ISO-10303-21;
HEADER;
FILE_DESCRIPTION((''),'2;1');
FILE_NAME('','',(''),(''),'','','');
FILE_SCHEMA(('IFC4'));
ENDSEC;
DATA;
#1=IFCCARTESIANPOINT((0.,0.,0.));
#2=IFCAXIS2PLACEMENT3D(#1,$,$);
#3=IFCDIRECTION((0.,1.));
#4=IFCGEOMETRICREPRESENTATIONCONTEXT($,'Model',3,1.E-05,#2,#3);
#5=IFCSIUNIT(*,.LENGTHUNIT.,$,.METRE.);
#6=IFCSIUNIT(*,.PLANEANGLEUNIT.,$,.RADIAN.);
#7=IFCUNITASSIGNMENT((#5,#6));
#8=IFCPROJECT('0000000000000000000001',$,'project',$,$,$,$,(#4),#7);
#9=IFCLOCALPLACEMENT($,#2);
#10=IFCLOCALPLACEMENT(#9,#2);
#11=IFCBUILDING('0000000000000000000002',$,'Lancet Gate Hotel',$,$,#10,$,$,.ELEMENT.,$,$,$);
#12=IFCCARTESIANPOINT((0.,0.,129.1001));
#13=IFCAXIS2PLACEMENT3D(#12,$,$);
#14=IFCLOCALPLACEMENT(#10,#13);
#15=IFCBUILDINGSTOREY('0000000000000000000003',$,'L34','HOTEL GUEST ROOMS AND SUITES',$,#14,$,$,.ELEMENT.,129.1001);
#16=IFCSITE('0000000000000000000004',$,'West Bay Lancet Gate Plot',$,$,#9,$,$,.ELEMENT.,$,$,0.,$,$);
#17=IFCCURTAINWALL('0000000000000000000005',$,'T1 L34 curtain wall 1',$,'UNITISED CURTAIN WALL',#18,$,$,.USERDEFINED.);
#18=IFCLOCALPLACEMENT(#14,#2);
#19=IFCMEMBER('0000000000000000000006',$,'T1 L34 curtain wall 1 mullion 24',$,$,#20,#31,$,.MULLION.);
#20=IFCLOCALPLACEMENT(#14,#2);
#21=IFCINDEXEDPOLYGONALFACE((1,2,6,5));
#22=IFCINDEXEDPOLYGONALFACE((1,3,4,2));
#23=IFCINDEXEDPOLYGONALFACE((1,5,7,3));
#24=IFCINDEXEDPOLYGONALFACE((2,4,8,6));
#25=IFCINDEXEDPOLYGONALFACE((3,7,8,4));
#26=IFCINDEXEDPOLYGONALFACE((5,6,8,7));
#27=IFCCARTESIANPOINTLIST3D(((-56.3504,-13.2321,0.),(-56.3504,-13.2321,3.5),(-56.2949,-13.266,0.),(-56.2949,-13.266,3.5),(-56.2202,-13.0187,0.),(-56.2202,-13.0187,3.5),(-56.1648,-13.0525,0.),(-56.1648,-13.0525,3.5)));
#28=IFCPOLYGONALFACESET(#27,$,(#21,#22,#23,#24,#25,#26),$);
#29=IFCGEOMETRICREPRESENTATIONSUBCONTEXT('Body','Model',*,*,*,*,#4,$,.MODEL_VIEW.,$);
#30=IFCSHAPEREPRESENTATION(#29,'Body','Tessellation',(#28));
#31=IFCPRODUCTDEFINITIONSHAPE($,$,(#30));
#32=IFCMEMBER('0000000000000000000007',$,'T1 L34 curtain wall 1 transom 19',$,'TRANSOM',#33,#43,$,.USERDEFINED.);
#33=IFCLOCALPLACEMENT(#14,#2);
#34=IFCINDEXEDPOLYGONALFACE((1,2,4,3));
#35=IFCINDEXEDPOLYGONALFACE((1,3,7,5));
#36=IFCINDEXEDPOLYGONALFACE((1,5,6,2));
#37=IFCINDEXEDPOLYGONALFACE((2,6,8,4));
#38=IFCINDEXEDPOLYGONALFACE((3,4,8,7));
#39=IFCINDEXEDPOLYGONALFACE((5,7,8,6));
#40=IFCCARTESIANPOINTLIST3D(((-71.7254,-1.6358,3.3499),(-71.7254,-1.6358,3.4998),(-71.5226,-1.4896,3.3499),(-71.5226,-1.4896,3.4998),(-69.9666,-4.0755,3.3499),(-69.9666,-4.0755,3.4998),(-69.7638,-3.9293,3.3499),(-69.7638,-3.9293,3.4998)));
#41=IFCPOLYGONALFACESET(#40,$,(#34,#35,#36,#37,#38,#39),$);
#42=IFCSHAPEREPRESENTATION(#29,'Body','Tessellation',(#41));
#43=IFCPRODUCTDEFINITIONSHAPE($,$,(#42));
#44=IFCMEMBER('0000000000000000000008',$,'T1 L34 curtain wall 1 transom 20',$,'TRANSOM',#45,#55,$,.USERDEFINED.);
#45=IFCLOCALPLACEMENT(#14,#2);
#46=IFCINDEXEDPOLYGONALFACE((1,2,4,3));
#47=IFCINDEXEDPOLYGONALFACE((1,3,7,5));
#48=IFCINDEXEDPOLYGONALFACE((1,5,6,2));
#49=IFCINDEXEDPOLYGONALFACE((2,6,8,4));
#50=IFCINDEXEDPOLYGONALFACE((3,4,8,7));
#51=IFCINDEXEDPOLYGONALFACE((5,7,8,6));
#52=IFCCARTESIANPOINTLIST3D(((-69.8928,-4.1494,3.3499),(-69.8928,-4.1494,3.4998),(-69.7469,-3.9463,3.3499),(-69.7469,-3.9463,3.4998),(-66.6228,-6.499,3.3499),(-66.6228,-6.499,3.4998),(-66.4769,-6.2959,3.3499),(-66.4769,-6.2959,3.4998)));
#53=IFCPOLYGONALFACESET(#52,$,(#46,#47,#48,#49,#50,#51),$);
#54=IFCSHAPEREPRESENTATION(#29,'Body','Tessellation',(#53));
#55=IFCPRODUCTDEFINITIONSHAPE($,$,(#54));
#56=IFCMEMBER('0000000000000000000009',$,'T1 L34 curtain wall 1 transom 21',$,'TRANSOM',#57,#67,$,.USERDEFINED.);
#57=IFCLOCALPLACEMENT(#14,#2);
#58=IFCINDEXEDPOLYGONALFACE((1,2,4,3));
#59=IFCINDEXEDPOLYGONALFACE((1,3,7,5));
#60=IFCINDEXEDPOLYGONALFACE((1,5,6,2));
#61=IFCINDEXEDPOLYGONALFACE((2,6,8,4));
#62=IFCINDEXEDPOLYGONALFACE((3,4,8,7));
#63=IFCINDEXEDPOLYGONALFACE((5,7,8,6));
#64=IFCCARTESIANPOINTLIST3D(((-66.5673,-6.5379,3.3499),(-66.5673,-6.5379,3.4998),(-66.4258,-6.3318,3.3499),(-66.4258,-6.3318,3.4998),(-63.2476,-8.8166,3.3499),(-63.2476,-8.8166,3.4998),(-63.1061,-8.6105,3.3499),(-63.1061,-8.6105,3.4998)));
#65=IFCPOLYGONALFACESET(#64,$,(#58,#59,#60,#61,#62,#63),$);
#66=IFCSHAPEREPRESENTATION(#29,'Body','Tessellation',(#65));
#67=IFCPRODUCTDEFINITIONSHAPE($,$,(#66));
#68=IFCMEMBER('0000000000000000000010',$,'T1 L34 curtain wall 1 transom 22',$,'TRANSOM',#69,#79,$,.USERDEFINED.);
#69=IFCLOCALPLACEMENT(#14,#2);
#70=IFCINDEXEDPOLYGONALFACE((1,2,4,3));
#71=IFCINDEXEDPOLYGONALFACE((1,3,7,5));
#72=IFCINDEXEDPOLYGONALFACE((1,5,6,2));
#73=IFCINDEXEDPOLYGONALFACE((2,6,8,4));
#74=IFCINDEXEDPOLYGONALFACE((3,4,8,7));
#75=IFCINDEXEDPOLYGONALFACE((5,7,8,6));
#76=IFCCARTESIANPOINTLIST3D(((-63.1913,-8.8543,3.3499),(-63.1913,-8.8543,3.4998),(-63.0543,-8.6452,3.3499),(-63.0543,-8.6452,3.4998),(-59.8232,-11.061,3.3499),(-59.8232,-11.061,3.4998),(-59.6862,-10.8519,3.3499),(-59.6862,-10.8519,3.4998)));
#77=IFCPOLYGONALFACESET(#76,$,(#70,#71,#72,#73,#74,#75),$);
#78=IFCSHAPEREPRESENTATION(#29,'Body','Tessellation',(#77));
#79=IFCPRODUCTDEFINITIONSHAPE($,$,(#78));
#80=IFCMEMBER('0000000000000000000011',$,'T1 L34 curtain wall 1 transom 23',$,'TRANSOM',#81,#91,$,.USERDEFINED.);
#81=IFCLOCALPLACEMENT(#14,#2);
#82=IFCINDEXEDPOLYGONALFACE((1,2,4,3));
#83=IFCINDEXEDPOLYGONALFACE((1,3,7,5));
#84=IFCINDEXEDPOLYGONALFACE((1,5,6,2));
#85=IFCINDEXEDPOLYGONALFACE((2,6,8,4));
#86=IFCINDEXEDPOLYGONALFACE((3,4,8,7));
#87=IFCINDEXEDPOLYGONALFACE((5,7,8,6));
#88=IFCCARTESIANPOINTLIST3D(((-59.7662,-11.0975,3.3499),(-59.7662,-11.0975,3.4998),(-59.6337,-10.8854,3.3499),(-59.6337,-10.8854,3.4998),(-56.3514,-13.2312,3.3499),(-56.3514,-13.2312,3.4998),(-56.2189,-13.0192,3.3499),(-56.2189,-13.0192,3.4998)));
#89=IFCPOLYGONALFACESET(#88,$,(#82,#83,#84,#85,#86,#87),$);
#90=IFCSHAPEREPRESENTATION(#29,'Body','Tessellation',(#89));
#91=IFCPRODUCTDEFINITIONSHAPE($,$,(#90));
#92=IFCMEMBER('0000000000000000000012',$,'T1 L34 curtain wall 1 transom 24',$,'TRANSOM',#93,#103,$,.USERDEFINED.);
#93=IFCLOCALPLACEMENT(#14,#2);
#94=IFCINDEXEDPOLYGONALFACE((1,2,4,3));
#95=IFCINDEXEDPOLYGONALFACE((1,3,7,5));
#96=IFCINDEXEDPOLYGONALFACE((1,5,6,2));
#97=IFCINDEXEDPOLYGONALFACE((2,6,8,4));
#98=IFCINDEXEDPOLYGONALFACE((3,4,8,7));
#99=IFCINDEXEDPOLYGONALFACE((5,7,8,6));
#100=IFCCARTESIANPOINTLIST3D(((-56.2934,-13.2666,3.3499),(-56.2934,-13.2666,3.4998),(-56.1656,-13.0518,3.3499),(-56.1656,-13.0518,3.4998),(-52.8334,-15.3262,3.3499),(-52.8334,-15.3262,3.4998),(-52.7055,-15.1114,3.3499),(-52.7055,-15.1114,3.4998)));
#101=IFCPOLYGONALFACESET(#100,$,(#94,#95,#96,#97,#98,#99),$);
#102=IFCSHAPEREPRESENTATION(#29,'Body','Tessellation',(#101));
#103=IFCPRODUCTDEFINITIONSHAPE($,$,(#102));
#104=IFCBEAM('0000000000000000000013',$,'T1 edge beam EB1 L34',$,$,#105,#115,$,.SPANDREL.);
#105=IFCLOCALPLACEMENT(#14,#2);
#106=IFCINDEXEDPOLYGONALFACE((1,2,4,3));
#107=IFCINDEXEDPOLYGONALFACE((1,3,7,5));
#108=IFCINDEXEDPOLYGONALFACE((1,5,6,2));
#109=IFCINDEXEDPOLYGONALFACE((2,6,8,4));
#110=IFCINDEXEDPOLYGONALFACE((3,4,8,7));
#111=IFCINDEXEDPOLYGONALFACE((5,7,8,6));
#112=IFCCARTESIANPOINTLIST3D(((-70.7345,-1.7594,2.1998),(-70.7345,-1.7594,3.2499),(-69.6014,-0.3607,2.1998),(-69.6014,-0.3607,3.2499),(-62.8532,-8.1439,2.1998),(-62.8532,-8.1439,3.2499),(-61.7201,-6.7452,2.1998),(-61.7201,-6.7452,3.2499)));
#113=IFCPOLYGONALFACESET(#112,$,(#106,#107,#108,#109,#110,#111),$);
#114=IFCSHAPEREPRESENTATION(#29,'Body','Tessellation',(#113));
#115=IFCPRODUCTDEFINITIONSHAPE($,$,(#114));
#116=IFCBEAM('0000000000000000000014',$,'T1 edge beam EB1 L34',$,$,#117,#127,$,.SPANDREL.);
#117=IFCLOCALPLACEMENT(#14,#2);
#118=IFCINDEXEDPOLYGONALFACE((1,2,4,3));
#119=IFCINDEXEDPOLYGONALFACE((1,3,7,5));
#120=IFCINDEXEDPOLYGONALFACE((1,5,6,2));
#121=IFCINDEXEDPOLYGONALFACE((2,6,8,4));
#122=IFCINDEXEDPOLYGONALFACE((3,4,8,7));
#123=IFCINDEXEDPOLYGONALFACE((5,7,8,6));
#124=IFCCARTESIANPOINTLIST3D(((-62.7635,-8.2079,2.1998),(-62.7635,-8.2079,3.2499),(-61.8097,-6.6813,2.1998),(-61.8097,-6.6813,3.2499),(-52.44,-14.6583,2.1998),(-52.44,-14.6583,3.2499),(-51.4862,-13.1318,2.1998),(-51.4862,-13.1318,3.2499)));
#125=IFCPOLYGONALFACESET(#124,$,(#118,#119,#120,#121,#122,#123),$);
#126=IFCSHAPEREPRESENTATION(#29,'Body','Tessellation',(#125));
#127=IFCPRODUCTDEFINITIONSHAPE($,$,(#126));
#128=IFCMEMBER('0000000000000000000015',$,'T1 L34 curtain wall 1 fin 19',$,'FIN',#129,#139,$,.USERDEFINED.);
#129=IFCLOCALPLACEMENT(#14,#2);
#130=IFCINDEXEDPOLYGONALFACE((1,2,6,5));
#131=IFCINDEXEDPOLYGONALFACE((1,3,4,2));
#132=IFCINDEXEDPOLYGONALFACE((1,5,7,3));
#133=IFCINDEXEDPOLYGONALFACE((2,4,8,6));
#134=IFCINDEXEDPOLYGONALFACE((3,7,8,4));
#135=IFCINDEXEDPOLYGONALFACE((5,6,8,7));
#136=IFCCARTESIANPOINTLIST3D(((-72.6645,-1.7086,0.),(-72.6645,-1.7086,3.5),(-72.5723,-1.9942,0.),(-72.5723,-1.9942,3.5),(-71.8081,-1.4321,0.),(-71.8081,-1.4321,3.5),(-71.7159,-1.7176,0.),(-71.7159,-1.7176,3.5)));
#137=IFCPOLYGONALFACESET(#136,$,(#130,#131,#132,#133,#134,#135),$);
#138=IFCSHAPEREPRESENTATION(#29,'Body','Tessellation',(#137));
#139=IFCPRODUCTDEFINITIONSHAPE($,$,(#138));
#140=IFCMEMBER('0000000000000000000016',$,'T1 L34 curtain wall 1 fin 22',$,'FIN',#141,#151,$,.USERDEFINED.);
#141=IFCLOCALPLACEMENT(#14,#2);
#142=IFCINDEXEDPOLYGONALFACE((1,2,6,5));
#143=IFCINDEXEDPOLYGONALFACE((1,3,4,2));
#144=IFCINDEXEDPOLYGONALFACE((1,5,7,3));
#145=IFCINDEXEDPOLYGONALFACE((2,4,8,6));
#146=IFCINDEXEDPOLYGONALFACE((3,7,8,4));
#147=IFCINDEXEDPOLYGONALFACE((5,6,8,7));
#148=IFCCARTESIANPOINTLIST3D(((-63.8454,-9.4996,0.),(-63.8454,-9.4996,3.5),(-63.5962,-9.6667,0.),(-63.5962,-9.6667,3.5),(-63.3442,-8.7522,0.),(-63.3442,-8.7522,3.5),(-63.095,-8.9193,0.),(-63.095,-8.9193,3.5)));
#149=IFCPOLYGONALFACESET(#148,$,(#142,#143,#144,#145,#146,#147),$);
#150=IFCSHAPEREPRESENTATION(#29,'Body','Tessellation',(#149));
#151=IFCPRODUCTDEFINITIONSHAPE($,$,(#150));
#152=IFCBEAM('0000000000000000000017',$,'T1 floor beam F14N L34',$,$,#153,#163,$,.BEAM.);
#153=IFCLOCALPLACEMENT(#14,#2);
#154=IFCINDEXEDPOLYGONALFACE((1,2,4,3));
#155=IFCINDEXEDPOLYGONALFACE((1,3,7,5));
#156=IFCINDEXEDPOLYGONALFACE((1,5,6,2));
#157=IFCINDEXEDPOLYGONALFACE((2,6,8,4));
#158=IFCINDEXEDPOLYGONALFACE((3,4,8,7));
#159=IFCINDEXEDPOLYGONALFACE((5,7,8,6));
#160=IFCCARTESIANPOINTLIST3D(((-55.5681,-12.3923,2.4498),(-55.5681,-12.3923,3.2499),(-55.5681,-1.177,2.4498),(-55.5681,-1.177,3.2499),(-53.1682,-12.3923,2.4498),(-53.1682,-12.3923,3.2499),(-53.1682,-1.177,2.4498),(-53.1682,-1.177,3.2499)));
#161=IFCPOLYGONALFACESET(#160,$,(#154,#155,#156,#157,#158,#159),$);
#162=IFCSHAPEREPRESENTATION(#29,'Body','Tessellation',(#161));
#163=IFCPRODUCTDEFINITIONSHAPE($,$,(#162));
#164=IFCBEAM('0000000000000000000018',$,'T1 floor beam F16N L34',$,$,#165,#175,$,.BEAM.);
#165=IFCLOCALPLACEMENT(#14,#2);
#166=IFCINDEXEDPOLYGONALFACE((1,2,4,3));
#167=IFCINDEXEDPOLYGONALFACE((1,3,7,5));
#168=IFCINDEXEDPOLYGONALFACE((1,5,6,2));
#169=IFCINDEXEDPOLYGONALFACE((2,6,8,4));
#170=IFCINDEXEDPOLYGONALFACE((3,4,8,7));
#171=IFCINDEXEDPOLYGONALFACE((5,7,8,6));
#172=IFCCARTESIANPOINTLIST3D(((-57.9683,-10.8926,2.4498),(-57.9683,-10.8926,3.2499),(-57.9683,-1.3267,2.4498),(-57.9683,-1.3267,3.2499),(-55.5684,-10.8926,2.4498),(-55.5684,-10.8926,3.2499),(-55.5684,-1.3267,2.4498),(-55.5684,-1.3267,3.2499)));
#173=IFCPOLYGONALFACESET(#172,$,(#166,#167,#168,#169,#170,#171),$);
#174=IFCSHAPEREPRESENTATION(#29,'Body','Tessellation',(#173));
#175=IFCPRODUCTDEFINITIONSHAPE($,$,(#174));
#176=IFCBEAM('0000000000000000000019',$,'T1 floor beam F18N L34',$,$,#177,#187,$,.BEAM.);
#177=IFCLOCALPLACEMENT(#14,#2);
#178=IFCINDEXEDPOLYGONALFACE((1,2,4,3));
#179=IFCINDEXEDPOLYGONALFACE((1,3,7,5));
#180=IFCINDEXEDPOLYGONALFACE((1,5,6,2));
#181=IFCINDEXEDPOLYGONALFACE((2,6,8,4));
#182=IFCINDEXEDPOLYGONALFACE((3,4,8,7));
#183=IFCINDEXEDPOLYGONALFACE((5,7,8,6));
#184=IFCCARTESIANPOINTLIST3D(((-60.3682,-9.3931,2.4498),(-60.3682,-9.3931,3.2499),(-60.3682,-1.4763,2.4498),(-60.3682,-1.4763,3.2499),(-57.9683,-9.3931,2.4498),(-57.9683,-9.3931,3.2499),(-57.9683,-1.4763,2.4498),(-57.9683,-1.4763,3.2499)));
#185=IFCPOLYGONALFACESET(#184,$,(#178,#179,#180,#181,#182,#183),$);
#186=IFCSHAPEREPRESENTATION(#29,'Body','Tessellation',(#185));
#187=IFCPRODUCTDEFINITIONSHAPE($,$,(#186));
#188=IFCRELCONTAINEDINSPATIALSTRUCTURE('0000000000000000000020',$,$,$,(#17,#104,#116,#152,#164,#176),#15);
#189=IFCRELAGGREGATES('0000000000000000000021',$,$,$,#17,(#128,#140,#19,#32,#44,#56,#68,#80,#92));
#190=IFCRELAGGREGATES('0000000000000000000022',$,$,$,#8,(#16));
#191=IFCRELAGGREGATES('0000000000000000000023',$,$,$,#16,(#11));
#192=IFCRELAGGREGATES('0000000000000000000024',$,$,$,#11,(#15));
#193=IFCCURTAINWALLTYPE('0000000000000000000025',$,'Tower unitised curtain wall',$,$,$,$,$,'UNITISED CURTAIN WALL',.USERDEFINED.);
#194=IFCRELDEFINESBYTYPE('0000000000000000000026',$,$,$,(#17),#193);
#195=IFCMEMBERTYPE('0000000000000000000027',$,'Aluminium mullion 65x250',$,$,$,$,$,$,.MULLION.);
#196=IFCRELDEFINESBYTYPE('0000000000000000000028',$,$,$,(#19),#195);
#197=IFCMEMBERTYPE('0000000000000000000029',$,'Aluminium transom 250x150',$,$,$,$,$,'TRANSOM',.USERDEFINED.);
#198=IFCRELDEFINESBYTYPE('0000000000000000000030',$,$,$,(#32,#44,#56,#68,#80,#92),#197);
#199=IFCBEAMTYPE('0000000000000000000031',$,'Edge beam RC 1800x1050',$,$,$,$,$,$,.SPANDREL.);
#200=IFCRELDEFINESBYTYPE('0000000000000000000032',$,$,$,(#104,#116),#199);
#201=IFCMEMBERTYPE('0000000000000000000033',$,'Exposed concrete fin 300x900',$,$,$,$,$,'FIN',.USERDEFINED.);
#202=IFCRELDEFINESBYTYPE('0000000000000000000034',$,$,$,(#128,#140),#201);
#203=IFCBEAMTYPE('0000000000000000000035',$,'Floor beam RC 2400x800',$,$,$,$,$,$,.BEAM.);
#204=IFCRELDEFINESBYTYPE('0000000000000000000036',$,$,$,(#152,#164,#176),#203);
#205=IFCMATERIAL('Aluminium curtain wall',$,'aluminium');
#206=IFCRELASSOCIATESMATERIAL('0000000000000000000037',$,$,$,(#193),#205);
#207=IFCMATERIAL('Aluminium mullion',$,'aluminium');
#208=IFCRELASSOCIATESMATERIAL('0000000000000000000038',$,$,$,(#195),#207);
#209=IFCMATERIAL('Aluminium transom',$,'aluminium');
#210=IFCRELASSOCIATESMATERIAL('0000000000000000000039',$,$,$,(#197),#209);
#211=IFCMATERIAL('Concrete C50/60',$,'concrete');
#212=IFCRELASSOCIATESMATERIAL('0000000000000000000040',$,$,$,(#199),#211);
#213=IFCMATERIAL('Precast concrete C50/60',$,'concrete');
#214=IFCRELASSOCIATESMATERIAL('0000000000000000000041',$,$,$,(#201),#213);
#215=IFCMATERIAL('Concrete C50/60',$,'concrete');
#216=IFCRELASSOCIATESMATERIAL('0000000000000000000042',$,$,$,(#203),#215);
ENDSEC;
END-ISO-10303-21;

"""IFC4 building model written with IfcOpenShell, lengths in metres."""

from ifc_helpers import new_model, si_unit, direction, frame, origin, origin_2d, place, context, subcontext, project, spatial, rectangle, extrude, material, material_profile, profile_set, type_object, element, aggregate, save


model = new_model("IFC4")

# Units and contexts
model_context = context("Model", 3, precision=1e-05, world=origin(), true_north=direction((0.0, 1.0)))
body_context = subcontext(model_context, "Body", "Model", "MODEL_VIEW")
ifc_project = project(units=[si_unit("LENGTHUNIT", "METRE"), si_unit("PLANEANGLEUNIT", "RADIAN")], contexts=[model_context])

# Site, building, storey
site_placement = place(None, origin())
site = spatial("IfcSite", under=ifc_project, at=site_placement, Name="West Bay Lancet Gate Plot", CompositionType="ELEMENT", RefElevation=0.0)
building_placement = place(site_placement, origin())
building = spatial("IfcBuilding", under=site, at=building_placement, Name="Lancet Gate Hotel", CompositionType="ELEMENT")
storey_placement = place(building_placement, frame((0.0, 0.0, 129.1001)))
storey = spatial("IfcBuildingStorey", under=building, at=storey_placement, Name="L34", Description="HOTEL GUEST ROOMS AND SUITES", CompositionType="ELEMENT", Elevation=129.1001)

# Curtain wall, members
ifc_material_1 = material(Name="Aluminium curtain wall", Category="aluminium")
curtain_wall_type = type_object("IfcCurtainWallType", Name="Tower unitised curtain wall", ElementType="UNITISED CURTAIN WALL", PredefinedType="USERDEFINED", material=ifc_material_1)
curtain_wall_placement = place(storey_placement, origin())
curtain_wall = element("IfcCurtainWall", 1, at=curtain_wall_placement, inside=storey, type_object=curtain_wall_type, Name="T1 L34 curtain wall 1", ObjectType="UNITISED CURTAIN WALL", PredefinedType="USERDEFINED")
ifc_material_2 = material(Name="Aluminium mullion", Category="aluminium")
ifc_material_profile_1 = material_profile(ifc_material_2, rectangle(XDim=0.0649, YDim=0.25, at=origin_2d()), Name="MULLION 65x250")
ifc_profile_set_1 = profile_set([ifc_material_profile_1], Name="Aluminium mullion")
member_type_1 = type_object("IfcMemberType", Name="Aluminium mullion 65x250", PredefinedType="MULLION", material=ifc_profile_set_1)
member_1_placement = place(storey_placement, frame((-56.2576, -13.1423, 0.0), z_axis=(0.0, 0.0, 1.0), x_axis=(0.853716, -0.520739, 0.0)))
member_1 = element("IfcMember", 2, at=member_1_placement, type_object=member_type_1, Name="T1 L34 curtain wall 1 mullion 24", PredefinedType="MULLION", context=body_context, shape_type="SweptSolid", body=[
    extrude(rectangle(XDim=0.0649, YDim=0.25, at=origin_2d()), origin(), (0.0, 0.0, 1.0), 3.5),
])
ifc_material_3 = material(Name="Aluminium transom", Category="aluminium")
ifc_material_profile_2 = material_profile(ifc_material_3, rectangle(XDim=0.25, YDim=0.1499, at=origin_2d()), Name="TRANSOM 250x150")
ifc_profile_set_2 = profile_set([ifc_material_profile_2], Name="Aluminium transom")
member_type_2 = type_object("IfcMemberType", Name="Aluminium transom 250x150", ElementType="TRANSOM", PredefinedType="USERDEFINED", material=ifc_profile_set_2)
member_2_placement = place(storey_placement, frame((-71.624, -1.5627, 3.4248), z_axis=(0.584788, -0.811186, 0.0), x_axis=(0.811186, 0.584788, 0.0)))
member_2 = element("IfcMember", 3, at=member_2_placement, type_object=member_type_2, Name="T1 L34 curtain wall 1 transom 19", ObjectType="TRANSOM", PredefinedType="USERDEFINED", context=body_context, shape_type="SweptSolid", body=[
    extrude(rectangle(XDim=0.25, YDim=0.1499, at=origin_2d()), origin(), (0.0, 0.0, 1.0), 3.0076),
])
member_3_placement = place(storey_placement, frame((-69.8198, -4.0479, 3.4248), z_axis=(0.8121, -0.583519, 0.0), x_axis=(0.583519, 0.8121, 0.0)))
member_3 = element("IfcMember", 4, at=member_3_placement, type_object=member_type_2, Name="T1 L34 curtain wall 1 transom 20", ObjectType="TRANSOM", PredefinedType="USERDEFINED", context=body_context, shape_type="SweptSolid", body=[
    extrude(rectangle(XDim=0.25, YDim=0.1499, at=origin_2d()), origin(), (0.0, 0.0, 1.0), 4.0266),
])
member_4_placement = place(storey_placement, frame((-66.4966, -6.4348, 3.4248), z_axis=(0.824456, -0.565927, 0.0), x_axis=(0.565927, 0.824456, 0.0)))
member_4 = element("IfcMember", 5, at=member_4_placement, type_object=member_type_2, Name="T1 L34 curtain wall 1 transom 21", ObjectType="TRANSOM", PredefinedType="USERDEFINED", context=body_context, shape_type="SweptSolid", body=[
    extrude(rectangle(XDim=0.25, YDim=0.1499, at=origin_2d()), origin(), (0.0, 0.0, 1.0), 4.0266),
])
member_5_placement = place(storey_placement, frame((-63.1228, -8.7498, 3.4248), z_axis=(0.836454, -0.548036, 0.0), x_axis=(0.548036, 0.836454, 0.0)))
member_5 = element("IfcMember", 6, at=member_5_placement, type_object=member_type_2, Name="T1 L34 curtain wall 1 transom 22", ObjectType="TRANSOM", PredefinedType="USERDEFINED", context=body_context, shape_type="SweptSolid", body=[
    extrude(rectangle(XDim=0.25, YDim=0.1499, at=origin_2d()), origin(), (0.0, 0.0, 1.0), 4.0266),
])
member_6_placement = place(storey_placement, frame((-59.7, -10.9915, 3.4248), z_axis=(0.848049, -0.529917, 0.0), x_axis=(0.529917, 0.848049, 0.0)))
member_6 = element("IfcMember", 7, at=member_6_placement, type_object=member_type_2, Name="T1 L34 curtain wall 1 transom 23", ObjectType="TRANSOM", PredefinedType="USERDEFINED", context=body_context, shape_type="SweptSolid", body=[
    extrude(rectangle(XDim=0.25, YDim=0.1499, at=origin_2d()), origin(), (0.0, 0.0, 1.0), 4.0266),
])
member_7_placement = place(storey_placement, frame((-56.2295, -13.1592, 3.4248), z_axis=(0.859285, -0.511497, 0.0), x_axis=(0.511497, 0.859285, 0.0)))
member_7 = element("IfcMember", 8, at=member_7_placement, type_object=member_type_2, Name="T1 L34 curtain wall 1 transom 24", ObjectType="TRANSOM", PredefinedType="USERDEFINED", context=body_context, shape_type="SweptSolid", body=[
    extrude(rectangle(XDim=0.25, YDim=0.1499, at=origin_2d()), origin(), (0.0, 0.0, 1.0), 4.0266),
])

# Beams
ifc_material_4 = material(Name="Concrete C50/60", Category="concrete")
ifc_material_profile_3 = material_profile(ifc_material_4, rectangle(XDim=1.8, YDim=1.05, at=origin_2d()), Name="RC 1800x1050")
ifc_profile_set_3 = profile_set([ifc_material_profile_3], Name="Concrete C50/60")
beam_type_1 = type_object("IfcBeamType", Name="Edge beam RC 1800x1050", PredefinedType="SPANDREL", material=ifc_profile_set_3)
beam_1_placement = place(storey_placement, frame((-70.168, -1.0601, 2.7249), z_axis=(0.777034, -0.629459, 0.0), x_axis=(0.629459, 0.777034, 0.0)))
element("IfcBeam", 9, at=beam_1_placement, inside=storey, type_object=beam_type_1, Name="T1 edge beam EB1 L34", PredefinedType="SPANDREL", context=body_context, shape_type="SweptSolid", body=[
    extrude(rectangle(XDim=1.8, YDim=1.05, at=origin_2d()), origin(), (0.0, 0.0, 1.0), 10.1428),
])
beam_2_placement = place(storey_placement, frame((-62.2866, -7.4446, 2.7249), z_axis=(0.848063, -0.529896, 0.0), x_axis=(0.529896, 0.848063, 0.0)))
element("IfcBeam", 10, at=beam_2_placement, inside=storey, type_object=beam_type_1, Name="T1 edge beam EB1 L34", PredefinedType="SPANDREL", context=body_context, shape_type="SweptSolid", body=[
    extrude(rectangle(XDim=1.8, YDim=1.05, at=origin_2d()), origin(), (0.0, 0.0, 1.0), 12.1731),
])

# Members
ifc_material_5 = material(Name="Precast concrete C50/60", Category="concrete")
ifc_material_profile_4 = material_profile(ifc_material_5, rectangle(XDim=0.3, YDim=0.8999, at=origin_2d()), Name="FIN 300x900")
ifc_profile_set_4 = profile_set([ifc_material_profile_4], Name="Precast concrete C50/60")
member_type_3 = type_object("IfcMemberType", Name="Exposed concrete fin 300x900", ElementType="FIN", PredefinedType="USERDEFINED", material=ifc_profile_set_4)
member_8_placement = place(storey_placement, frame((-72.1902, -1.7131, 0.0), z_axis=(0.0, 0.0, 1.0), x_axis=(0.307269, -0.951623, 0.0)))
member_8 = element("IfcMember", 11, at=member_8_placement, type_object=member_type_3, Name="T1 L34 curtain wall 1 fin 19", ObjectType="FIN", PredefinedType="USERDEFINED", context=body_context, shape_type="SweptSolid", body=[
    extrude(rectangle(XDim=0.3, YDim=0.8999, at=origin_2d()), origin(), (0.0, 0.0, 1.0), 3.5),
])
member_9_placement = place(storey_placement, frame((-63.4702, -9.2095, 0.0), z_axis=(0.0, 0.0, 1.0), x_axis=(0.83051, -0.557004, 0.0)))
member_9 = element("IfcMember", 12, at=member_9_placement, type_object=member_type_3, Name="T1 L34 curtain wall 1 fin 22", ObjectType="FIN", PredefinedType="USERDEFINED", context=body_context, shape_type="SweptSolid", body=[
    extrude(rectangle(XDim=0.3, YDim=0.8999, at=origin_2d()), origin(), (0.0, 0.0, 1.0), 3.5),
])

# Beams
ifc_material_6 = material(Name="Concrete C50/60", Category="concrete")
ifc_material_profile_5 = material_profile(ifc_material_6, rectangle(XDim=2.3999, YDim=0.8, at=origin_2d()), Name="RC 2400x800")
ifc_profile_set_5 = profile_set([ifc_material_profile_5], Name="Concrete C50/60")
beam_type_2 = type_object("IfcBeamType", Name="Floor beam RC 2400x800", PredefinedType="BEAM", material=ifc_profile_set_5)
beam_3_placement = place(storey_placement, frame((-54.3682, -1.177, 2.8499), z_axis=(0.0, -1.0, 0.0), x_axis=(1.0, 0.0, 0.0)))
element("IfcBeam", 13, at=beam_3_placement, inside=storey, type_object=beam_type_2, Name="T1 floor beam F14N L34", PredefinedType="BEAM", context=body_context, shape_type="SweptSolid", body=[
    extrude(rectangle(XDim=2.3999, YDim=0.8, at=origin_2d()), origin(), (0.0, 0.0, 1.0), 11.2153),
])
beam_4_placement = place(storey_placement, frame((-56.7683, -1.3267, 2.8499), z_axis=(0.0, -1.0, 0.0), x_axis=(1.0, 0.0, 0.0)))
element("IfcBeam", 14, at=beam_4_placement, inside=storey, type_object=beam_type_2, Name="T1 floor beam F16N L34", PredefinedType="BEAM", context=body_context, shape_type="SweptSolid", body=[
    extrude(rectangle(XDim=2.3999, YDim=0.8, at=origin_2d()), origin(), (0.0, 0.0, 1.0), 9.5659),
])
beam_5_placement = place(storey_placement, frame((-59.1682, -1.4763, 2.8499), z_axis=(0.0, -1.0, 0.0), x_axis=(1.0, 0.0, 0.0)))
element("IfcBeam", 15, at=beam_5_placement, inside=storey, type_object=beam_type_2, Name="T1 floor beam F18N L34", PredefinedType="BEAM", context=body_context, shape_type="SweptSolid", body=[
    extrude(rectangle(XDim=2.3999, YDim=0.8, at=origin_2d()), origin(), (0.0, 0.0, 1.0), 7.9167),
])

aggregate(curtain_wall, [member_8, member_9, member_1, member_2, member_3, member_4, member_5, member_6, member_7])

save(model, "model.ifc")
